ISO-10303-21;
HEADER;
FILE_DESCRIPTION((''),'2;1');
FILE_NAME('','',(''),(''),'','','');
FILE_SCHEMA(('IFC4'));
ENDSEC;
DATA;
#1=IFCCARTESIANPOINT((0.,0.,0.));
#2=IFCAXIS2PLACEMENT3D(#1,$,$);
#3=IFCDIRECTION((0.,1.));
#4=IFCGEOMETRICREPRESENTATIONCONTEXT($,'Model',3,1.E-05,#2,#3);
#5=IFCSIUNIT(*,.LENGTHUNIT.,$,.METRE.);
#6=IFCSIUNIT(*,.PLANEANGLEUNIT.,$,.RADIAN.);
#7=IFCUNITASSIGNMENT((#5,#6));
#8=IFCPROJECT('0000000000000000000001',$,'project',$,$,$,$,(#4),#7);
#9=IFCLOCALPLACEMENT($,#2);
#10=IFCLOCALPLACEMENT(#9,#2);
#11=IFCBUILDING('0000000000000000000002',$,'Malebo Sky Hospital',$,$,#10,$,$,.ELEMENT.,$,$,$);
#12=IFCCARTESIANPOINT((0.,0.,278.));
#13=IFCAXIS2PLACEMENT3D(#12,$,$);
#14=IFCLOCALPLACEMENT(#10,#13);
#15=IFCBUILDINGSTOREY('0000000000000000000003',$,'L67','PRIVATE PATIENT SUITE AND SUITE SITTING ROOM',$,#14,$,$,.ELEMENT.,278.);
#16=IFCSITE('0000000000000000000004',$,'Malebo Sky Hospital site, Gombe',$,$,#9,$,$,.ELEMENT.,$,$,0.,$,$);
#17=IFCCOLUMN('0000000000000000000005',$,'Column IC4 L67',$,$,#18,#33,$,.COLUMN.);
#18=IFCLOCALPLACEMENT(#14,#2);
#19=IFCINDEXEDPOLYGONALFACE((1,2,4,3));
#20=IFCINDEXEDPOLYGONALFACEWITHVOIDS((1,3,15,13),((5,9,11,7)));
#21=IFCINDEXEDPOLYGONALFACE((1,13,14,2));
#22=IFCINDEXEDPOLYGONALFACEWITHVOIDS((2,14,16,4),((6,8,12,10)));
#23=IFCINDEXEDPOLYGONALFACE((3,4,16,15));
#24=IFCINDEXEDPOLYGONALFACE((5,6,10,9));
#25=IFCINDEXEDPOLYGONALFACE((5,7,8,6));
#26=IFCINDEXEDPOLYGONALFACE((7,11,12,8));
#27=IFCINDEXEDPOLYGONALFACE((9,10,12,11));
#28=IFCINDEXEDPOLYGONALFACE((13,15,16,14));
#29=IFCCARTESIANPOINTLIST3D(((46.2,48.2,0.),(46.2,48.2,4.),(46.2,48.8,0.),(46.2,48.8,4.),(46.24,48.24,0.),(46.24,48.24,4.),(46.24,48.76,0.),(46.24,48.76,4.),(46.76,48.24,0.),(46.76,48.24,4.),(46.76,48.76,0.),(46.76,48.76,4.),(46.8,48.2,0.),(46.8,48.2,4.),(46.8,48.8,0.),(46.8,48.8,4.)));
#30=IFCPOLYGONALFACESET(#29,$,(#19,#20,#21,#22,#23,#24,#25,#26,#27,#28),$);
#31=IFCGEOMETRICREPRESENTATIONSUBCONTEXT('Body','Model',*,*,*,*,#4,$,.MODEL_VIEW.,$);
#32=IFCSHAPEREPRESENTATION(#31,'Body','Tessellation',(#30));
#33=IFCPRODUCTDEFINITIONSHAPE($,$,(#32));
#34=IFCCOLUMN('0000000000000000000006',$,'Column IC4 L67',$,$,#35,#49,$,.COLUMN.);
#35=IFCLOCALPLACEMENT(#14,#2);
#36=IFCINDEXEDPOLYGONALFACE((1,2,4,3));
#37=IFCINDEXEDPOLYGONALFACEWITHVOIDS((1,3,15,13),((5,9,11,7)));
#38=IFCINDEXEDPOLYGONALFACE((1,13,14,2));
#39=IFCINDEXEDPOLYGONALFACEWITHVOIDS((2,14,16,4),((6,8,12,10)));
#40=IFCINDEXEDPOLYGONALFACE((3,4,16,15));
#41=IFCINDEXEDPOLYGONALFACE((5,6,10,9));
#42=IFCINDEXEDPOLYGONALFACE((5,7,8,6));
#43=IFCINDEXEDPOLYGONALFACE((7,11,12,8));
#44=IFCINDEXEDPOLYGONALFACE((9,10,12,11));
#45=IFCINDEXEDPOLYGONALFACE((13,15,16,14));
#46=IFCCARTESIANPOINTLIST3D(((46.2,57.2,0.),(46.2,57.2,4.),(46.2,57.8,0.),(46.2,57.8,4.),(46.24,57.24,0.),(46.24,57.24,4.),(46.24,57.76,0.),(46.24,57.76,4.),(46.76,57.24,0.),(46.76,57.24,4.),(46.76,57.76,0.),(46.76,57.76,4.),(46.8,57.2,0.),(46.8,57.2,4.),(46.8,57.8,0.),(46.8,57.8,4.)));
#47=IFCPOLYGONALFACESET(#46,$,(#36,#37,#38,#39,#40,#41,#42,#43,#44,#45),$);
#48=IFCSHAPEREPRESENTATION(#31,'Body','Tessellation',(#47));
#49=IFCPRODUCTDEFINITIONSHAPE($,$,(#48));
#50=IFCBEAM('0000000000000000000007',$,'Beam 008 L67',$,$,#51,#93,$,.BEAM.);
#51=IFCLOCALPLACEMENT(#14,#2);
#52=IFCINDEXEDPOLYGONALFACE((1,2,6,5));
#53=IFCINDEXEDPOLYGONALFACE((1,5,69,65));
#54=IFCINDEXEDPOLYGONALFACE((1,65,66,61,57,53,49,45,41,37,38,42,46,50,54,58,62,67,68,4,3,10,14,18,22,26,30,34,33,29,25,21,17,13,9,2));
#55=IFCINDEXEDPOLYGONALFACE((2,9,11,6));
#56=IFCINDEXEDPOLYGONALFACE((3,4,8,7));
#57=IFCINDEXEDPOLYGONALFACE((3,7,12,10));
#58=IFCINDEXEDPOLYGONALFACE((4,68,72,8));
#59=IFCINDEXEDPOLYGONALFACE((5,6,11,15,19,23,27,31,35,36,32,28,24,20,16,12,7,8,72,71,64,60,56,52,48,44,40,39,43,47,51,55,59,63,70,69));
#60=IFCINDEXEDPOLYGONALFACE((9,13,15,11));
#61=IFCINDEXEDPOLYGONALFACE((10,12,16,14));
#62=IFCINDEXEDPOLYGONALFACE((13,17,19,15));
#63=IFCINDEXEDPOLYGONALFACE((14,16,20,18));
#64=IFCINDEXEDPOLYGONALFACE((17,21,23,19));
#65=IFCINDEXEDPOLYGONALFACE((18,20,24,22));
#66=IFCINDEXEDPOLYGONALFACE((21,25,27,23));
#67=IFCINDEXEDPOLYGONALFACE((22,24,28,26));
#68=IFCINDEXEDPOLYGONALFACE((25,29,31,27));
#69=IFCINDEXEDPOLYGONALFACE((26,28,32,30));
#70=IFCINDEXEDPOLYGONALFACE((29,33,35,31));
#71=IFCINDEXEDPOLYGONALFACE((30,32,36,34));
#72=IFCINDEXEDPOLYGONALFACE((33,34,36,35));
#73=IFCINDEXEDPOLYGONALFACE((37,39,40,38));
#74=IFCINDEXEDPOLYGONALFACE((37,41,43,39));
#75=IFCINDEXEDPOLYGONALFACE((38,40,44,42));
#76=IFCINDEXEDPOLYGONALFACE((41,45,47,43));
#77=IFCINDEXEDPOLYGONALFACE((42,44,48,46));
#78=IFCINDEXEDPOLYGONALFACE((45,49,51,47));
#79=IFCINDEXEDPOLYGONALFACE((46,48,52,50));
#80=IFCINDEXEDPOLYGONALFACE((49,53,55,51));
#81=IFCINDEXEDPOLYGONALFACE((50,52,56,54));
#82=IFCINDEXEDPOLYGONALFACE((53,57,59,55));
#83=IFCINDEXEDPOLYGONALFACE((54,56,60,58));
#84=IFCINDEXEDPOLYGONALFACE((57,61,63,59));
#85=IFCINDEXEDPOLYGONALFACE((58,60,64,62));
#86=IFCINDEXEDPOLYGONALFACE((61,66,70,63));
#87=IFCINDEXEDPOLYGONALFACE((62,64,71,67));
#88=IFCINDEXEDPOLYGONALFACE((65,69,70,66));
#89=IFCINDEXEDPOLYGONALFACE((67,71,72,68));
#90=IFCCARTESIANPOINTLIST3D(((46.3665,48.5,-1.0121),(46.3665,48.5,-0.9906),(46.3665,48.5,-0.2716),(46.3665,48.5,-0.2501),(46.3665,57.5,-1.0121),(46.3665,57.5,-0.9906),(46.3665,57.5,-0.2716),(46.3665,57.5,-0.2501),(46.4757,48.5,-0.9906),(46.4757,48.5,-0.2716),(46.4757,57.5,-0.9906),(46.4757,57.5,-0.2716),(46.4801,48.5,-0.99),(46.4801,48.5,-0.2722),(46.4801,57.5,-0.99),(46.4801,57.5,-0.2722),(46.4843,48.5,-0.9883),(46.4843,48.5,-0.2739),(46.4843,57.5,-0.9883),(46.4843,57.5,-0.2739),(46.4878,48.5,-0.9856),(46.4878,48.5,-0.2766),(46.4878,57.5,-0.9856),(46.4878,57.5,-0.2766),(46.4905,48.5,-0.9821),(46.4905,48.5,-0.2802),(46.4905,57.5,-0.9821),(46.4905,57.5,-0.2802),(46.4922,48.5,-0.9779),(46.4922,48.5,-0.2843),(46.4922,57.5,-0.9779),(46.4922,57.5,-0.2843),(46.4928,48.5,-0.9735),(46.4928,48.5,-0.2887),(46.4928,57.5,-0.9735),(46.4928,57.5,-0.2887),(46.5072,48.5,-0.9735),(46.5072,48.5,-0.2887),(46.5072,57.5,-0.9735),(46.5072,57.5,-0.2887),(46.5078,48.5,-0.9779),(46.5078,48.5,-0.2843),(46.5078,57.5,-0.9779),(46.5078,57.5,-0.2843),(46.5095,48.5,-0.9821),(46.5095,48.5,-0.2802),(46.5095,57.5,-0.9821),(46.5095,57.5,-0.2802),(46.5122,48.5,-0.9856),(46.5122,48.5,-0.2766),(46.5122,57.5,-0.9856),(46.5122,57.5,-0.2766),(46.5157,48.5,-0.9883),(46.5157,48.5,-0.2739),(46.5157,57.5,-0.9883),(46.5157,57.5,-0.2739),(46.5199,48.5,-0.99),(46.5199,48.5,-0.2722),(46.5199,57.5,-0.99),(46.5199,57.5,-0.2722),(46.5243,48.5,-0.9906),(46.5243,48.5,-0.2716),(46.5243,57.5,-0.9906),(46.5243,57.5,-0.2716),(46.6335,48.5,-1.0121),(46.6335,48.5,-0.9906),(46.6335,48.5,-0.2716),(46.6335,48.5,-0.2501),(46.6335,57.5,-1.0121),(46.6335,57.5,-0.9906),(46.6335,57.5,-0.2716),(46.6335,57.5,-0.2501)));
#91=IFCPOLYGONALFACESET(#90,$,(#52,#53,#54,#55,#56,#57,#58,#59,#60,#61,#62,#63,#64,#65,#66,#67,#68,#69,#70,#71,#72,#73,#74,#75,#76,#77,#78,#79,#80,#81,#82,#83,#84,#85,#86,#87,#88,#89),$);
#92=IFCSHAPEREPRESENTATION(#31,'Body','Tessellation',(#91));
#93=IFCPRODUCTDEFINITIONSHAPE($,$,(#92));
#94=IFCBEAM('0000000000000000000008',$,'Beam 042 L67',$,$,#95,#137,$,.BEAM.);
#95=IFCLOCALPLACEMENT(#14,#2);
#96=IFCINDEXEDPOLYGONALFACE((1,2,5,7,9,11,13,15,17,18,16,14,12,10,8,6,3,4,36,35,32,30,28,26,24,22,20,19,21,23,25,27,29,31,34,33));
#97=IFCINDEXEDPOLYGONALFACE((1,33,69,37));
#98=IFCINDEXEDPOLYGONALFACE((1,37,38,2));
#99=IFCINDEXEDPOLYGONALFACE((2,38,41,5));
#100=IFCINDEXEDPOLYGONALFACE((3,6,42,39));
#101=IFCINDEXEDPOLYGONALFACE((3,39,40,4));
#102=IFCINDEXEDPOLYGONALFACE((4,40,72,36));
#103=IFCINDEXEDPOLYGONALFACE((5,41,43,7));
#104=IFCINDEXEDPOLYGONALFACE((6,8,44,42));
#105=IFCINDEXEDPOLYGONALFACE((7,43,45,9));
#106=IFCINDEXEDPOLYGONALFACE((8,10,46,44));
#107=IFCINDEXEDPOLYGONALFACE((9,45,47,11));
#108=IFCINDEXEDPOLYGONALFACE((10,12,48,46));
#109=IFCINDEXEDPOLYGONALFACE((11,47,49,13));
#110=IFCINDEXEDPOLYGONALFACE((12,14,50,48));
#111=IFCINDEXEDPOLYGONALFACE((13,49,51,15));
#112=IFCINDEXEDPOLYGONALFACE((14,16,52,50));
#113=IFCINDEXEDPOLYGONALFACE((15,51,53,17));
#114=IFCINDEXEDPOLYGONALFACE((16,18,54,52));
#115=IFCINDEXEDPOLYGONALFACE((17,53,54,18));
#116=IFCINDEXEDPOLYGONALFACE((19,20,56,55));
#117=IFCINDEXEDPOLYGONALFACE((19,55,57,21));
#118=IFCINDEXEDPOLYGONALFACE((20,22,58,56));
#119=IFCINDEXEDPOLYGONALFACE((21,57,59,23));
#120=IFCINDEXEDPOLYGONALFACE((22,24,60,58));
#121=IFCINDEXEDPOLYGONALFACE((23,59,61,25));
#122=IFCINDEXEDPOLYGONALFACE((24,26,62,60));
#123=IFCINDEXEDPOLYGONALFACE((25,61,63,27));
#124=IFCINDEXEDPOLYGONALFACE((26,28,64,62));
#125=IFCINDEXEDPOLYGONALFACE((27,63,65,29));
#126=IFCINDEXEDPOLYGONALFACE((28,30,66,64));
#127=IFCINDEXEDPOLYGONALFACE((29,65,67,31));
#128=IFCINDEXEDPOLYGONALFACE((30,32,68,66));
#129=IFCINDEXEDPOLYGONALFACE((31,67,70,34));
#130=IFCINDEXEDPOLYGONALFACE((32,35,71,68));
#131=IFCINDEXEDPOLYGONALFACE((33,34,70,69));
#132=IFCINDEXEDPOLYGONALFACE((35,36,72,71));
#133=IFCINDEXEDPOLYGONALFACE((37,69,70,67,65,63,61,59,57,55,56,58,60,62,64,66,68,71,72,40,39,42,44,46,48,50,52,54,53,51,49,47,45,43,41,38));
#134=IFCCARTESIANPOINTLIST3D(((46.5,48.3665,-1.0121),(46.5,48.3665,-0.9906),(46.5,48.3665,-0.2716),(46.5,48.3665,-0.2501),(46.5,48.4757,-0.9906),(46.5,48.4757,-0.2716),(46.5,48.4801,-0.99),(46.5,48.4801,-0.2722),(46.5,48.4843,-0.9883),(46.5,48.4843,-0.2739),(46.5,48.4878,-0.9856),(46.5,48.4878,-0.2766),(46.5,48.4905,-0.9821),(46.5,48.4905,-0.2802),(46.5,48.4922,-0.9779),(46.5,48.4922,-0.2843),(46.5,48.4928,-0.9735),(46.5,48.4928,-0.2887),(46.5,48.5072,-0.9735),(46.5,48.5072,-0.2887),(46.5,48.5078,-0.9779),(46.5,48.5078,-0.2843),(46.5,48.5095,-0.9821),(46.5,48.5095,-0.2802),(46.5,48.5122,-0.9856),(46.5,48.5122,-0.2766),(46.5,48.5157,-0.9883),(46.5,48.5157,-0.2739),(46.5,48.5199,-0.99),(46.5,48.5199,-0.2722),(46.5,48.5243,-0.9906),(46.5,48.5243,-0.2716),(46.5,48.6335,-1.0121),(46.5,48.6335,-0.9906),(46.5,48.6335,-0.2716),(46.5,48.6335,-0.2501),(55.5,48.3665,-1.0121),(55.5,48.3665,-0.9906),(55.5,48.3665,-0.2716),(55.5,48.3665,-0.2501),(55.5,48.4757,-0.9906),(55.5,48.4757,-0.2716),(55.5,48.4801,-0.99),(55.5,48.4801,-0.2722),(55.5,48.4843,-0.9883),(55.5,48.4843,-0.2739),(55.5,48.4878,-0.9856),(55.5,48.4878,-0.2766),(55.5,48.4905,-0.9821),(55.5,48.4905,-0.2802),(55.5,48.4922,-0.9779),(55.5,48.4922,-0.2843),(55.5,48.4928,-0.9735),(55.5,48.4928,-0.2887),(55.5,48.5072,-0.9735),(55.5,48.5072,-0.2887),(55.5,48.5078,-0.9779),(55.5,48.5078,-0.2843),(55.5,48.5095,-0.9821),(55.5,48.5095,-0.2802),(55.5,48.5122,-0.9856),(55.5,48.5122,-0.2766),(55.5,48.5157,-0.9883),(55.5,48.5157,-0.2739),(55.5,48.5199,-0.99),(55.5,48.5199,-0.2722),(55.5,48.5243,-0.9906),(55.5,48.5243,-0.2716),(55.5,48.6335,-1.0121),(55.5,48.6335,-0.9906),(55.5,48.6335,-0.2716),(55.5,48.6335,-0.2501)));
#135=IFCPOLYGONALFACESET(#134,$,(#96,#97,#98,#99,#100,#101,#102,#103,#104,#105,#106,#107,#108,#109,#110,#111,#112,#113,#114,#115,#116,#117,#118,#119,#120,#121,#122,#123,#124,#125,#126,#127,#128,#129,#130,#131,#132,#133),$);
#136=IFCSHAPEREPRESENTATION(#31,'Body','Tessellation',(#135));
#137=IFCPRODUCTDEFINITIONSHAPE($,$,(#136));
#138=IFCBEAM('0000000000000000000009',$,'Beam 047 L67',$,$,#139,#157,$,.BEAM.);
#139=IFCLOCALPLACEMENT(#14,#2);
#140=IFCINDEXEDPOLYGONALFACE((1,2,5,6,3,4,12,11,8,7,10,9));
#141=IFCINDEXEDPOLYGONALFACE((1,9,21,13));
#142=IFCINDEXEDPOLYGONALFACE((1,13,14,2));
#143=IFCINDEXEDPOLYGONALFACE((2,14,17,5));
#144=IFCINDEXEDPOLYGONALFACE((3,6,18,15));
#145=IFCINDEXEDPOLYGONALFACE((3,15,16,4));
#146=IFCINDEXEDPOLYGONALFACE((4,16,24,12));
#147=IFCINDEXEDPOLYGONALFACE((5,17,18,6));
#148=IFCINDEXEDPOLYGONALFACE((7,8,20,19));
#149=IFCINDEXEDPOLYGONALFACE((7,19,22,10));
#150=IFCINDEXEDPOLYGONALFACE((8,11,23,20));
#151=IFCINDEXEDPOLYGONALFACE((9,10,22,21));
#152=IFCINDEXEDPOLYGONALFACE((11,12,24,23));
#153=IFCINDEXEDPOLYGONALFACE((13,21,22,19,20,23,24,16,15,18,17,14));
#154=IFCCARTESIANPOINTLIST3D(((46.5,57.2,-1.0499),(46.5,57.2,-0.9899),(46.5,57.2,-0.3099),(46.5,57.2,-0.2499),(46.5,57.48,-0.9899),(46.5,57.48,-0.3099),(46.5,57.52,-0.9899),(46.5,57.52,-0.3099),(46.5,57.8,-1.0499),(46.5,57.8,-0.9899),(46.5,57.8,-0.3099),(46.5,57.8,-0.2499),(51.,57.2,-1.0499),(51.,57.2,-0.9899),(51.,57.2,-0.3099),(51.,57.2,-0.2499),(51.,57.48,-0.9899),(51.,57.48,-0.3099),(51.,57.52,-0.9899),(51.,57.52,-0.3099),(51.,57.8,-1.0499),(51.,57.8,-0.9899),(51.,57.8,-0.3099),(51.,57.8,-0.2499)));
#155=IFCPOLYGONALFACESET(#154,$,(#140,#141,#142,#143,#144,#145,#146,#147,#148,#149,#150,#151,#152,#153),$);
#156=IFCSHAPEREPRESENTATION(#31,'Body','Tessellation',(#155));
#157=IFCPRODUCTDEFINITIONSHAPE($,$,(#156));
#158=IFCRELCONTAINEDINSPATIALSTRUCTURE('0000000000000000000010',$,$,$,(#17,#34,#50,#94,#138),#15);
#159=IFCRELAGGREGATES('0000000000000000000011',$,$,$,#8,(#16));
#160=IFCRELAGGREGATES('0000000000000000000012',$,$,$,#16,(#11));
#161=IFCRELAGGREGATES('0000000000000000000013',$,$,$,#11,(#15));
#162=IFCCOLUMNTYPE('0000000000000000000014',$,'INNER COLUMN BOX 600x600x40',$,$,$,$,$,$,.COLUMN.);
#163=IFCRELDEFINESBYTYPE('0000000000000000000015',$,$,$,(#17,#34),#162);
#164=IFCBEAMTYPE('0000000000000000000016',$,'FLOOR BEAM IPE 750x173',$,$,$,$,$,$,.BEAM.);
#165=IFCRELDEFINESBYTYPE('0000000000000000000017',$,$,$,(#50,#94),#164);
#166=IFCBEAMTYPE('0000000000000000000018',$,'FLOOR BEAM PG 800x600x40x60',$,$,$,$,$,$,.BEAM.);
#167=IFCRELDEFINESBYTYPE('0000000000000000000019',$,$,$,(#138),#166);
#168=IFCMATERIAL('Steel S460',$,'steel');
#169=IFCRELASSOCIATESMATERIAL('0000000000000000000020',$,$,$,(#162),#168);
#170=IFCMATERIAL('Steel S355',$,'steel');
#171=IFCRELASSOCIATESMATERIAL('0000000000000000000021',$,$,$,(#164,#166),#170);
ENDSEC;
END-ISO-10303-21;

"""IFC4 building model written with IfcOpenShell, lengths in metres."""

from ifc_helpers import new_model, si_unit, direction, frame, origin, origin_2d, place, context, subcontext, project, spatial, hollow_rectangle, i_section, extrude, material, material_profile, profile_set, type_object, element, save


model = new_model("IFC4")

# Units and contexts
model_context = context("Model", 3, precision=1e-05, world=origin(), true_north=direction((0.0, 1.0)))
body_context = subcontext(model_context, "Body", "Model", "MODEL_VIEW")
ifc_project = project(units=[si_unit("LENGTHUNIT", "METRE"), si_unit("PLANEANGLEUNIT", "RADIAN")], contexts=[model_context])

# Site, building, storey
site_placement = place(None, origin())
site = spatial("IfcSite", under=ifc_project, at=site_placement, Name="Malebo Sky Hospital site, Gombe", CompositionType="ELEMENT", RefElevation=0.0)
building_placement = place(site_placement, origin())
building = spatial("IfcBuilding", under=site, at=building_placement, Name="Malebo Sky Hospital", CompositionType="ELEMENT")
storey_placement = place(building_placement, frame((0.0, 0.0, 278.0)))
storey = spatial("IfcBuildingStorey", under=building, at=storey_placement, Name="L67", Description="PRIVATE PATIENT SUITE AND SUITE SITTING ROOM", CompositionType="ELEMENT", Elevation=278.0)

# Columns
ifc_material_1 = material(Name="Steel S460", Category="steel")
ifc_material_profile_1 = material_profile(ifc_material_1, hollow_rectangle(XDim=0.6001, YDim=0.6001, WallThickness=0.04, at=origin_2d()), Name="BOX 600x600x40")
ifc_profile_set_1 = profile_set([ifc_material_profile_1], Name="Steel S460")
column_type = type_object("IfcColumnType", Name="INNER COLUMN BOX 600x600x40", PredefinedType="COLUMN", material=ifc_profile_set_1)
for number, where, z_axis, x_axis, name in (
    (1, (46.5, 48.5, 0.0), (0.0, 0.0, 1.0), (1.0, 0.0, 0.0), "Column IC4 L67"),
    (2, (46.5, 57.5, 0.0), (0.0, 0.0, 1.0), (1.0, 0.0, 0.0), "Column IC4 L67"),
):
    element("IfcColumn", number, at=place(storey_placement, frame(where, z_axis=z_axis, x_axis=x_axis)), inside=storey, type_object=column_type, Name=name, PredefinedType="COLUMN", context=body_context, shape_type="SweptSolid", body=[
        extrude(hollow_rectangle(XDim=0.6001, YDim=0.6001, WallThickness=0.04, at=origin_2d()), origin(), (0.0, 0.0, 1.0), 4.0),
    ])

# Beams
ifc_material_2 = material(Name="Steel S355", Category="steel")
ifc_material_profile_2 = material_profile(ifc_material_2, i_section(OverallWidth=0.2671, OverallDepth=0.762, WebThickness=0.0144, FlangeThickness=0.0215, FilletRadius=0.0171, at=origin_2d()), Name="IPE 750x173")
ifc_profile_set_2 = profile_set([ifc_material_profile_2], Name="Steel S355")
beam_type_1 = type_object("IfcBeamType", Name="FLOOR BEAM IPE 750x173", PredefinedType="BEAM", material=ifc_profile_set_2)
for number, where, z_axis, x_axis, name in (
    (3, (46.5, 48.5, -0.6311), (0.0, 1.0, 0.0), (-1.0, 0.0, 0.0), "Beam 008 L67"),
    (4, (46.5, 48.5, -0.6311), (1.0, 0.0, 0.0), (0.0, 1.0, 0.0), "Beam 042 L67"),
):
    element("IfcBeam", number, at=place(storey_placement, frame(where, z_axis=z_axis, x_axis=x_axis)), inside=storey, type_object=beam_type_1, Name=name, PredefinedType="BEAM", context=body_context, shape_type="SweptSolid", body=[
        extrude(i_section(OverallWidth=0.2671, OverallDepth=0.762, WebThickness=0.0144, FlangeThickness=0.0215, FilletRadius=0.0171, at=origin_2d()), origin(), (0.0, 0.0, 1.0), 9.0),
    ])
ifc_material_profile_3 = material_profile(ifc_material_2, i_section(OverallWidth=0.6001, OverallDepth=0.8, WebThickness=0.04, FlangeThickness=0.0601, at=origin_2d()), Name="PG 800x600x40x60")
ifc_profile_set_3 = profile_set([ifc_material_profile_3], Name="Steel S355")
beam_type_2 = type_object("IfcBeamType", Name="FLOOR BEAM PG 800x600x40x60", PredefinedType="BEAM", material=ifc_profile_set_3)
beam_1_placement = place(storey_placement, frame((46.5, 57.5, -0.6499), z_axis=(1.0, 0.0, 0.0), x_axis=(0.0, 1.0, 0.0)))
element("IfcBeam", 5, at=beam_1_placement, inside=storey, type_object=beam_type_2, Name="Beam 047 L67", PredefinedType="BEAM", context=body_context, shape_type="SweptSolid", body=[
    extrude(i_section(OverallWidth=0.6001, OverallDepth=0.8, WebThickness=0.04, FlangeThickness=0.0601, at=origin_2d()), origin(), (0.0, 0.0, 1.0), 4.5),
])

save(model, "model.ifc")
